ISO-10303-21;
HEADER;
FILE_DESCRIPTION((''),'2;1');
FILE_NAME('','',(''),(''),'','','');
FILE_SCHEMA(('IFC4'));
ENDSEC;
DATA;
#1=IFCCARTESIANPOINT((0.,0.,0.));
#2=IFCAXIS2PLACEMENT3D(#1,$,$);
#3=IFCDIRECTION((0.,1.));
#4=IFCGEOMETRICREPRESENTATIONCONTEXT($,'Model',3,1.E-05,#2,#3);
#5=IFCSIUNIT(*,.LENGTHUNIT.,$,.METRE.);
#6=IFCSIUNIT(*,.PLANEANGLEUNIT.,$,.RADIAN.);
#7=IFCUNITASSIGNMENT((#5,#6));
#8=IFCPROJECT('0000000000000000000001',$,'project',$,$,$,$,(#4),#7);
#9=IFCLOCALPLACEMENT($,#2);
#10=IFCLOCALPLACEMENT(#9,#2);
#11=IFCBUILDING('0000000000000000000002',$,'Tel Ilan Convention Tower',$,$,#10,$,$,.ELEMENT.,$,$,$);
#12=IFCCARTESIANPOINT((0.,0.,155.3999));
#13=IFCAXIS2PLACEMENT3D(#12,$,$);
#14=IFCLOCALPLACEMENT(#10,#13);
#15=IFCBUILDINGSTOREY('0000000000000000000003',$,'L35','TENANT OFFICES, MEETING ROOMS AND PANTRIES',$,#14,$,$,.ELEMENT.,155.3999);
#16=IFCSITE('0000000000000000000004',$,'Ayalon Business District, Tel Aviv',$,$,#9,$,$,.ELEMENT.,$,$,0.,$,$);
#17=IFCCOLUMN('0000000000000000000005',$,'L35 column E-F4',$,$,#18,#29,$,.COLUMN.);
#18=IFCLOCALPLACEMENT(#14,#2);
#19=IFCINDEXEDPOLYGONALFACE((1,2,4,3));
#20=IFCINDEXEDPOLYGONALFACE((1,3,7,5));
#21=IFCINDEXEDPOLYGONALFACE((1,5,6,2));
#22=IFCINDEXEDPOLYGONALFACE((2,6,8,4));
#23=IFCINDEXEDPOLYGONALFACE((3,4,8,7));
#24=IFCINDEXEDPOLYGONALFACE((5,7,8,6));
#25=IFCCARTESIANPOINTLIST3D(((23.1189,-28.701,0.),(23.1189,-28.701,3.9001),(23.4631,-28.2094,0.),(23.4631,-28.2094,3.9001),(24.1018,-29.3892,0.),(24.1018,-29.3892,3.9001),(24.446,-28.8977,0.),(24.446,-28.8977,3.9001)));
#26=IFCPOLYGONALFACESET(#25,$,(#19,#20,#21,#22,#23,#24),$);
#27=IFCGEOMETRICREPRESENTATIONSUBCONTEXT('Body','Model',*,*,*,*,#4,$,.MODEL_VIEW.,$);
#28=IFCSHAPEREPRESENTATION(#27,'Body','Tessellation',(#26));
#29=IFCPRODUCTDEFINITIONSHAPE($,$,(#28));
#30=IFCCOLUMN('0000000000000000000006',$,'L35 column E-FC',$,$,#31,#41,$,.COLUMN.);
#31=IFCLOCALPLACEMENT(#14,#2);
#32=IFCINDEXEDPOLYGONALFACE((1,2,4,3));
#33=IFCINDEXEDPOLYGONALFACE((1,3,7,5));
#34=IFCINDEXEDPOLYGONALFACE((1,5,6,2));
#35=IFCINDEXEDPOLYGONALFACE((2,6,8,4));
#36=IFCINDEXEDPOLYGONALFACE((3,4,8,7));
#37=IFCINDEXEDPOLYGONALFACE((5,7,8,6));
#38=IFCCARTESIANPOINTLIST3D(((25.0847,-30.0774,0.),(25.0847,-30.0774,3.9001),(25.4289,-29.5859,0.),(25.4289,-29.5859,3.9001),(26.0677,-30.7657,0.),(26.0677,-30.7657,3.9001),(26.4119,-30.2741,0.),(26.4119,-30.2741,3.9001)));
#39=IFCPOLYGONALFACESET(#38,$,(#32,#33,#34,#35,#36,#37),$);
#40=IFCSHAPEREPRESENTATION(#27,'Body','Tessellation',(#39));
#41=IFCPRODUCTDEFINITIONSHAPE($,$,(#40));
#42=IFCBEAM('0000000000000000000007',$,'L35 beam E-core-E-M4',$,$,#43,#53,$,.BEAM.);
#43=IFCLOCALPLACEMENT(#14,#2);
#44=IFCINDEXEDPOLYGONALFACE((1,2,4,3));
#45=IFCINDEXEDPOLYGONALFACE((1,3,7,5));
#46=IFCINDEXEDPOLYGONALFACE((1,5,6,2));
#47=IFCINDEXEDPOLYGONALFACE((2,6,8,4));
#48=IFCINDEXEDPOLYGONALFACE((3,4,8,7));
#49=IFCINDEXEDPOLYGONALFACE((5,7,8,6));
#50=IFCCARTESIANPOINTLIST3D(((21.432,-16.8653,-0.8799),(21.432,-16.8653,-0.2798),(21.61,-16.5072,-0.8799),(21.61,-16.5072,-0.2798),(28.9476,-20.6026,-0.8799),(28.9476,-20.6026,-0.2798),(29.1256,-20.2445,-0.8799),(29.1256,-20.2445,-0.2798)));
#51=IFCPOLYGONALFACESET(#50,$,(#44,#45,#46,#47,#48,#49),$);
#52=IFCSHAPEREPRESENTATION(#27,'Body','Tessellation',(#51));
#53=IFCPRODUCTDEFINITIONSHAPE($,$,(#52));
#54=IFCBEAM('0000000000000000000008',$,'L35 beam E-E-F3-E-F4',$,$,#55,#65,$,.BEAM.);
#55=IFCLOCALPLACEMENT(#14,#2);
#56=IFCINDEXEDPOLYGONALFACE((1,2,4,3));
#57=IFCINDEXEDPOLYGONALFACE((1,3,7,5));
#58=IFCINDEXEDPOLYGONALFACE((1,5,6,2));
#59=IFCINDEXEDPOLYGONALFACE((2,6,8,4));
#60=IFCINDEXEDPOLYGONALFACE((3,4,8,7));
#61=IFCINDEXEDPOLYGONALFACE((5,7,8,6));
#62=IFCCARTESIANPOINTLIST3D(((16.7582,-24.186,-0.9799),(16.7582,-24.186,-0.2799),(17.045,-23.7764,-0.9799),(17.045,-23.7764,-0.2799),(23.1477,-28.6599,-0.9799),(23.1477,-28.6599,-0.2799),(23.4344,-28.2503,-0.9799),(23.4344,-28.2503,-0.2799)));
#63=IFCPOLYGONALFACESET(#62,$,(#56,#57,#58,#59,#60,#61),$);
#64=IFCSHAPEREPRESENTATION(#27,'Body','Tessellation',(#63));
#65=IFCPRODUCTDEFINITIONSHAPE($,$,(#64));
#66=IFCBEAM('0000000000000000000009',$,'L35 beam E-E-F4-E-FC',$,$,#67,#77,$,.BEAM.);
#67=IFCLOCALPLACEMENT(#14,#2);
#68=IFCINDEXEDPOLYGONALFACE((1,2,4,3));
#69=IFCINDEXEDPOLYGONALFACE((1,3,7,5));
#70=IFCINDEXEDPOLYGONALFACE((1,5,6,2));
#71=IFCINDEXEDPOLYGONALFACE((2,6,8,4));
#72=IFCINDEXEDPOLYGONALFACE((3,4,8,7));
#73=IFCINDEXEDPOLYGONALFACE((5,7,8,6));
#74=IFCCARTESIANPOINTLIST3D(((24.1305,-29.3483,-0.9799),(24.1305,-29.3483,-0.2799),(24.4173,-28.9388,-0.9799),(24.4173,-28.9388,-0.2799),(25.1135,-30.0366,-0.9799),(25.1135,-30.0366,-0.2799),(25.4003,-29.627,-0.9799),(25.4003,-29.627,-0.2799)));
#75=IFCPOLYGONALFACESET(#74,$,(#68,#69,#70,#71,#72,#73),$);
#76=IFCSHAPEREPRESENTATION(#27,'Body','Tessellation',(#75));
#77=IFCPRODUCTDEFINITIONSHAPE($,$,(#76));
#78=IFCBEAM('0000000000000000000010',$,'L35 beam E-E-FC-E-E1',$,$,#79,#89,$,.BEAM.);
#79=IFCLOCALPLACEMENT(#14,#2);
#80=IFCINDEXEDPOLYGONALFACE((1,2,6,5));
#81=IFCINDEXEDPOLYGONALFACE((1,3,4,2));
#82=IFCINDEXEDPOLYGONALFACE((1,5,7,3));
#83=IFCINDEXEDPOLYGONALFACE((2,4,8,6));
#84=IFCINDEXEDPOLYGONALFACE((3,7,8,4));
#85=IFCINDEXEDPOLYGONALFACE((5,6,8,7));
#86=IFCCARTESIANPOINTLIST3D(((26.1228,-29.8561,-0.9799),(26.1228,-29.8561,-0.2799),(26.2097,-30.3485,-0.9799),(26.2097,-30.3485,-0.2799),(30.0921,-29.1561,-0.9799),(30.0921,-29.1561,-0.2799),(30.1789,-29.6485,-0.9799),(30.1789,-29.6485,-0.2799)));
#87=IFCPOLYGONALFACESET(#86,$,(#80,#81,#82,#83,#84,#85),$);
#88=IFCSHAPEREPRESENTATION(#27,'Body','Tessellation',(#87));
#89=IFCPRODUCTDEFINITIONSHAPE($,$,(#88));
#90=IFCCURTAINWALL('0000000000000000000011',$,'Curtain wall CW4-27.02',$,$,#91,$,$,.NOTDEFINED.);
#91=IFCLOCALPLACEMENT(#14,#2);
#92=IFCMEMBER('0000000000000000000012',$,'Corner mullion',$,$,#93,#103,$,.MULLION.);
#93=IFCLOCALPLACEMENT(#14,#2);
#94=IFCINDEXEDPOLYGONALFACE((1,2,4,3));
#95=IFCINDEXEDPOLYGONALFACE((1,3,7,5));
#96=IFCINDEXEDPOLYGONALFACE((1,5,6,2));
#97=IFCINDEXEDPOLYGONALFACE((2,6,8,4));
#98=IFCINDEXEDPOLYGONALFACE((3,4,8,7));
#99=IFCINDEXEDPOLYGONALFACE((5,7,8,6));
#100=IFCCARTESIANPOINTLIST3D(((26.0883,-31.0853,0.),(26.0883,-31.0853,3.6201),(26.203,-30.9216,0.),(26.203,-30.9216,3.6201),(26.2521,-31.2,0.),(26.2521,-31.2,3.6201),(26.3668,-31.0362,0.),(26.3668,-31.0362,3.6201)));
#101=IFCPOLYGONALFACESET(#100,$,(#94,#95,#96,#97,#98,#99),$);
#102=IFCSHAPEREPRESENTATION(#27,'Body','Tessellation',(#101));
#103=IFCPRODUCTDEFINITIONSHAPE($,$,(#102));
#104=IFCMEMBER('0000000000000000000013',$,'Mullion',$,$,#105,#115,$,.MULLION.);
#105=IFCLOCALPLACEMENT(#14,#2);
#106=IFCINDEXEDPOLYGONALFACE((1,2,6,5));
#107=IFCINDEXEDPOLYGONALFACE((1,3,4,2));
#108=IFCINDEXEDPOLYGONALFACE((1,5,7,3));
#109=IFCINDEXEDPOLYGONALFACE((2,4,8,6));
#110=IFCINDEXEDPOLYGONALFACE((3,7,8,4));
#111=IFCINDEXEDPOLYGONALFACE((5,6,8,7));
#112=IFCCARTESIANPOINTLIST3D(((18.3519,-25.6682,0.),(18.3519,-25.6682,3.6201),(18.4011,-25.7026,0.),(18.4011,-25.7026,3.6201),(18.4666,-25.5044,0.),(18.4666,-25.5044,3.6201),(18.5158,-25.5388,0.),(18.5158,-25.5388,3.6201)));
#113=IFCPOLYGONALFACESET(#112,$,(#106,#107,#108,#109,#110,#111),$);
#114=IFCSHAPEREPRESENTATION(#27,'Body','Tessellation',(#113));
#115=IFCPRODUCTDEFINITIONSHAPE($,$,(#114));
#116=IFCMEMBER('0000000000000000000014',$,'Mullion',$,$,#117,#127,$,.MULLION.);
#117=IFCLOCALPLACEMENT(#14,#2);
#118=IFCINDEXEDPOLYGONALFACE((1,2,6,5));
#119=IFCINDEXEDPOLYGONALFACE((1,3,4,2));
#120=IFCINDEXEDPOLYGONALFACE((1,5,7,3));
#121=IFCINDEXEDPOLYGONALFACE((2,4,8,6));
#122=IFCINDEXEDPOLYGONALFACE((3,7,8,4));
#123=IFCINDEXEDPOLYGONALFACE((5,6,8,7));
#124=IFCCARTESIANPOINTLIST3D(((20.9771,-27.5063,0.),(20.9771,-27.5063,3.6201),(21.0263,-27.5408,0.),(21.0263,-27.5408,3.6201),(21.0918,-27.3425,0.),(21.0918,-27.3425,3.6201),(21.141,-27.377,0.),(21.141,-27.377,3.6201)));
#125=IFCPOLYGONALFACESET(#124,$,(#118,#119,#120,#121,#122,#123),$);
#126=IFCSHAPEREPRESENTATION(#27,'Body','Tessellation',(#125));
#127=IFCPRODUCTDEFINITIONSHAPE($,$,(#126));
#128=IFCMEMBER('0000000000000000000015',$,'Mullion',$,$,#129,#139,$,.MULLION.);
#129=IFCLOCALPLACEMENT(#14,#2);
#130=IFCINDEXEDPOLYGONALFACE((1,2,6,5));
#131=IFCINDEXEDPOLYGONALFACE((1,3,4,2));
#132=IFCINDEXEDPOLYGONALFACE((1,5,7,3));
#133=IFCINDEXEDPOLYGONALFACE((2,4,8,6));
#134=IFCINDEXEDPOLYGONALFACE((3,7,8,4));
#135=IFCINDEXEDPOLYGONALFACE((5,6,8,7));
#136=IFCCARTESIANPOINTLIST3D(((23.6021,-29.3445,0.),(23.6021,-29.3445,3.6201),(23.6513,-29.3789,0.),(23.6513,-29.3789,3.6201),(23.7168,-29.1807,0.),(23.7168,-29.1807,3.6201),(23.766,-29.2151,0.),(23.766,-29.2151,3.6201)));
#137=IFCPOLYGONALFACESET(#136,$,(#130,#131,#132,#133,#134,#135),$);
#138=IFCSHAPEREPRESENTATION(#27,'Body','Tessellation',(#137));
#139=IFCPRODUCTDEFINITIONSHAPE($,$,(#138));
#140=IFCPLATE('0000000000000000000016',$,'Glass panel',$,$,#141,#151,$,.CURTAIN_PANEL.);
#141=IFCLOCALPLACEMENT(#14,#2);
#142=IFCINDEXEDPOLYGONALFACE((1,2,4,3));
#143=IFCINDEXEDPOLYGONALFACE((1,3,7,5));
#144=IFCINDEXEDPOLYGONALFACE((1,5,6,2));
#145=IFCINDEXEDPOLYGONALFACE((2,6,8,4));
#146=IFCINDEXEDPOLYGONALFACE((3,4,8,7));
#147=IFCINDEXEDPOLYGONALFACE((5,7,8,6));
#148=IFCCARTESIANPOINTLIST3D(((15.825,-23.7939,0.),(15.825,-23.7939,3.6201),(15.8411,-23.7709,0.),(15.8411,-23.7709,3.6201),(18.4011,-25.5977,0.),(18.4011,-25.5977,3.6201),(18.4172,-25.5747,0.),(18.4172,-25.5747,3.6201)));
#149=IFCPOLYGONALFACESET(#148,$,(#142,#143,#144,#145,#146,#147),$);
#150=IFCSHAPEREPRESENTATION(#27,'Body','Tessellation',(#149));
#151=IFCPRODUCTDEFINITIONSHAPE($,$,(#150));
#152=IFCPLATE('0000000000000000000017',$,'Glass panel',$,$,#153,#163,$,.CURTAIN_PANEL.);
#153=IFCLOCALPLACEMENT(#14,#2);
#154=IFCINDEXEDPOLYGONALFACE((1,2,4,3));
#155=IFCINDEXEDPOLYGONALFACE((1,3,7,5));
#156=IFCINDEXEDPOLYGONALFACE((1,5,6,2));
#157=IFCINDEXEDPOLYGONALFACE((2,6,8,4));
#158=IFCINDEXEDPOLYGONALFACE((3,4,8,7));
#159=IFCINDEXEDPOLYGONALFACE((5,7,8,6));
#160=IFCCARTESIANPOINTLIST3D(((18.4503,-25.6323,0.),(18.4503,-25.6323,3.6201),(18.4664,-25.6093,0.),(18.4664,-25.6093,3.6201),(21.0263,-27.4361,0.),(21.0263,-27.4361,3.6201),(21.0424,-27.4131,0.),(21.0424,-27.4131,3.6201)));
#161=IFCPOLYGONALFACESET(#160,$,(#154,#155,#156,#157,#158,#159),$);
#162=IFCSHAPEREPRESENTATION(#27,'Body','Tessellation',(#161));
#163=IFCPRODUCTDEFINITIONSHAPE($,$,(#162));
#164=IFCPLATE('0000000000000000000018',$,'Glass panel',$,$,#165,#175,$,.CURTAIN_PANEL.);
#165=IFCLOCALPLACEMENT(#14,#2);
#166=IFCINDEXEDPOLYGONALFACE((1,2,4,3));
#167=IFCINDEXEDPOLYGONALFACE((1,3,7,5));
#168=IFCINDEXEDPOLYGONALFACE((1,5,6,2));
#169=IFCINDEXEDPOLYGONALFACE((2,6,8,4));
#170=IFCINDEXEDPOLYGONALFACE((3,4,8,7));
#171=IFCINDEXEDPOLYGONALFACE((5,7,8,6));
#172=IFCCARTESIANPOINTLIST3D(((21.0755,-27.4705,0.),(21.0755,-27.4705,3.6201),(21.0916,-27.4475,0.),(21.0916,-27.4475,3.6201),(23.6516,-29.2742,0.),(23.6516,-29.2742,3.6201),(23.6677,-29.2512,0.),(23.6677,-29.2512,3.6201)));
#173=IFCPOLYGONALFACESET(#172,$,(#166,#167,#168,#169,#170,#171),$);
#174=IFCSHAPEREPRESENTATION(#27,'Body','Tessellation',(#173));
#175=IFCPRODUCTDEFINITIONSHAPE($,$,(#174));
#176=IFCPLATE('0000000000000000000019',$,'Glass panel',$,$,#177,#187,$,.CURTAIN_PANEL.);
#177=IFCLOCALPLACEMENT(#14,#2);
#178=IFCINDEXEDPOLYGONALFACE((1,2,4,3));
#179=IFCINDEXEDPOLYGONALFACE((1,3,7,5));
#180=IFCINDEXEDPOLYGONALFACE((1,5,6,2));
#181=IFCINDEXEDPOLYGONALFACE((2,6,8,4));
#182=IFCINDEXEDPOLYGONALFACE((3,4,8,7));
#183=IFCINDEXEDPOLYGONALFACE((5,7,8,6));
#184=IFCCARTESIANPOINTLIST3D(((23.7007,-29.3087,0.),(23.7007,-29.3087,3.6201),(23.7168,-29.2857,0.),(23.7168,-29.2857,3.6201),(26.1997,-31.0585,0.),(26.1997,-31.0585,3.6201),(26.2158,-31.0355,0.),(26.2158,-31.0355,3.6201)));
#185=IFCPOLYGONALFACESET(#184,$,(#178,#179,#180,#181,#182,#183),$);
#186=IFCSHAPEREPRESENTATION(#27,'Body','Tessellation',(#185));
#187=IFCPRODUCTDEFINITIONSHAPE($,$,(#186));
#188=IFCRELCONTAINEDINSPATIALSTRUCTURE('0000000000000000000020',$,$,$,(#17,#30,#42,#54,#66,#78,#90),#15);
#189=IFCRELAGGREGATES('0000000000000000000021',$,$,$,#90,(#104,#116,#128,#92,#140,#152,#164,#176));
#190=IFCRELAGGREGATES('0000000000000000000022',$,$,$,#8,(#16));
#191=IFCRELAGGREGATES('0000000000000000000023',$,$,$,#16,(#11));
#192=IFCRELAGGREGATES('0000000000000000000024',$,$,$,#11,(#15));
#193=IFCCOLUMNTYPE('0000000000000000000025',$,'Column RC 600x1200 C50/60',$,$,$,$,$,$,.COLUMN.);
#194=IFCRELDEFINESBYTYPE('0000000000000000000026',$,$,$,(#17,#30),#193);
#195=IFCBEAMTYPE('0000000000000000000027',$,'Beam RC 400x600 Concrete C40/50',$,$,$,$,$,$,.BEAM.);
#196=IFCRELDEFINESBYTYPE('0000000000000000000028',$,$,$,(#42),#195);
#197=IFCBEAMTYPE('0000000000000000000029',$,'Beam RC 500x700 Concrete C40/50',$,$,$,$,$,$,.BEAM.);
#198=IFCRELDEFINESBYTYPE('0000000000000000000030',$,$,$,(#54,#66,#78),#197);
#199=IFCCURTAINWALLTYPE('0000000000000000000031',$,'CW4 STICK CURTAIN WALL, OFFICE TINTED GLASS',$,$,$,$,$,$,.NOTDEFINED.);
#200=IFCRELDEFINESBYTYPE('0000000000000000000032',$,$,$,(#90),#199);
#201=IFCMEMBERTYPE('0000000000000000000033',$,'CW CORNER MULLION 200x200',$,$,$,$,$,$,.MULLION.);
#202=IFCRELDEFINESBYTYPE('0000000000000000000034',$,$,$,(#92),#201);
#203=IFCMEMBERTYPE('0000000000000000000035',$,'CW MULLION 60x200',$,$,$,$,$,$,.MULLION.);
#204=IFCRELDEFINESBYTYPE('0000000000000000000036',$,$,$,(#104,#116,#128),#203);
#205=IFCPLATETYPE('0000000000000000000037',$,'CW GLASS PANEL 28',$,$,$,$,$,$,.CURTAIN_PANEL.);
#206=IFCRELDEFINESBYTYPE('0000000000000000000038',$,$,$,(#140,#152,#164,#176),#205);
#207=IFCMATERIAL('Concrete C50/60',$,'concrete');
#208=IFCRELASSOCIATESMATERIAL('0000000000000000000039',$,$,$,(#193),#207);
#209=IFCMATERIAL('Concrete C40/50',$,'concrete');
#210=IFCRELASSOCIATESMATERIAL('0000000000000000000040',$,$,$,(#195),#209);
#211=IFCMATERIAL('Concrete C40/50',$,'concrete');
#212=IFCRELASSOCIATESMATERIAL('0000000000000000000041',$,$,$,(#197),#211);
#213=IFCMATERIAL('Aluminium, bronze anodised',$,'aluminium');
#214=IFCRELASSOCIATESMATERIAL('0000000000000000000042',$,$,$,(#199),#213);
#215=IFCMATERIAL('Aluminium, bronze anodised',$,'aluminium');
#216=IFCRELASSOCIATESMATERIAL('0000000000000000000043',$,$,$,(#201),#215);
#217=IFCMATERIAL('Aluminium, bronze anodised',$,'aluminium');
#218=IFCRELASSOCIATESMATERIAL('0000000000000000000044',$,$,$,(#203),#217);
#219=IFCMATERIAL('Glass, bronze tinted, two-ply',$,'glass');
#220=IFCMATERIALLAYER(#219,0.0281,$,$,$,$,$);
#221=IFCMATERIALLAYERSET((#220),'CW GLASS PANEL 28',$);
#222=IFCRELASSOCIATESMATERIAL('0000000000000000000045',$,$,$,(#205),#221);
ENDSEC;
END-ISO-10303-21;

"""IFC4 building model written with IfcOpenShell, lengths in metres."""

from ifc_helpers import new_model, si_unit, direction, frame, origin, origin_2d, place, context, subcontext, project, spatial, rectangle, extrude, material, layer, layer_set, material_profile, profile_set, type_object, element, aggregate, save


model = new_model("IFC4")

# Units and contexts
model_context = context("Model", 3, precision=1e-05, world=origin(), true_north=direction((0.0, 1.0)))
body_context = subcontext(model_context, "Body", "Model", "MODEL_VIEW")
ifc_project = project(units=[si_unit("LENGTHUNIT", "METRE"), si_unit("PLANEANGLEUNIT", "RADIAN")], contexts=[model_context])

# Site, building, storey
site_placement = place(None, origin())
site = spatial("IfcSite", under=ifc_project, at=site_placement, Name="Ayalon Business District, Tel Aviv", CompositionType="ELEMENT", RefElevation=0.0)
building_placement = place(site_placement, origin())
building = spatial("IfcBuilding", under=site, at=building_placement, Name="Tel Ilan Convention Tower", CompositionType="ELEMENT")
storey_placement = place(building_placement, frame((0.0, 0.0, 155.3999)))
storey = spatial("IfcBuildingStorey", under=building, at=storey_placement, Name="L35", Description="TENANT OFFICES, MEETING ROOMS AND PANTRIES", CompositionType="ELEMENT", Elevation=155.3999)

# Columns
ifc_material_1 = material(Name="Concrete C50/60", Category="concrete")
ifc_material_profile_1 = material_profile(ifc_material_1, rectangle(XDim=1.2, YDim=0.6001, at=origin_2d()), Name="RC 600x1200")
ifc_profile_set_1 = profile_set([ifc_material_profile_1], Name="Concrete C50/60")
column_type = type_object("IfcColumnType", Name="Column RC 600x1200 C50/60", PredefinedType="COLUMN", material=ifc_profile_set_1)
for number, where, z_axis, x_axis, name in (
    (1, (23.7825, -28.7993, 0.0), (0.0, 0.0, 1.0), (0.819152, -0.573576, 0.0), "L35 column E-F4"),
    (2, (25.7483, -30.1758, 0.0), (0.0, 0.0, 1.0), (0.819152, -0.573576, 0.0), "L35 column E-FC"),
):
    element("IfcColumn", number, at=place(storey_placement, frame(where, z_axis=z_axis, x_axis=x_axis)), inside=storey, type_object=column_type, Name=name, PredefinedType="COLUMN", context=body_context, shape_type="SweptSolid", body=[
        extrude(rectangle(XDim=1.2, YDim=0.6001, at=origin_2d()), origin(), (0.0, 0.0, 1.0), 3.9001),
    ])

# Beams
ifc_material_2 = material(Name="Concrete C40/50", Category="concrete")
ifc_material_profile_2 = material_profile(ifc_material_2, rectangle(XDim=0.3999, YDim=0.6001, at=origin_2d()), Name="RC 400x600")
ifc_profile_set_2 = profile_set([ifc_material_profile_2], Name="Concrete C40/50")
beam_type_1 = type_object("IfcBeamType", Name="Beam RC 400x600 Concrete C40/50", PredefinedType="BEAM", material=ifc_profile_set_2)
beam_1_placement = place(storey_placement, frame((21.521, -16.6863, -0.5798), z_axis=(0.895402, -0.445258, 0.0), x_axis=(0.445258, 0.895402, 0.0)))
element("IfcBeam", 3, at=beam_1_placement, inside=storey, type_object=beam_type_1, Name="L35 beam E-core-E-M4", PredefinedType="BEAM", context=body_context, shape_type="SweptSolid", body=[
    extrude(rectangle(XDim=0.3999, YDim=0.6001, at=origin_2d()), origin(), (0.0, 0.0, 1.0), 8.3936),
])
ifc_material_3 = material(Name="Concrete C40/50", Category="concrete")
ifc_material_profile_3 = material_profile(ifc_material_3, rectangle(XDim=0.5, YDim=0.7, at=origin_2d()), Name="RC 500x700")
ifc_profile_set_3 = profile_set([ifc_material_profile_3], Name="Concrete C40/50")
beam_type_2 = type_object("IfcBeamType", Name="Beam RC 500x700 Concrete C40/50", PredefinedType="BEAM", material=ifc_profile_set_3)
beam_2_placement = place(storey_placement, frame((16.9016, -23.9812, -0.6299), z_axis=(0.819154, -0.573574, 0.0), x_axis=(0.573574, 0.819154, 0.0)))
element("IfcBeam", 4, at=beam_2_placement, inside=storey, type_object=beam_type_2, Name="L35 beam E-E-F3-E-F4", PredefinedType="BEAM", context=body_context, shape_type="SweptSolid", body=[
    extrude(rectangle(XDim=0.5, YDim=0.7, at=origin_2d()), origin(), (0.0, 0.0, 1.0), 7.8),
])
beam_3_placement = place(storey_placement, frame((24.2739, -29.1436, -0.6299), z_axis=(0.819155, -0.573572, 0.0), x_axis=(0.573572, 0.819155, 0.0)))
element("IfcBeam", 5, at=beam_3_placement, inside=storey, type_object=beam_type_2, Name="L35 beam E-E-F4-E-FC", PredefinedType="BEAM", context=body_context, shape_type="SweptSolid", body=[
    extrude(rectangle(XDim=0.5, YDim=0.7, at=origin_2d()), origin(), (0.0, 0.0, 1.0), 1.2),
])
beam_4_placement = place(storey_placement, frame((26.1663, -30.1023, -0.6299), z_axis=(0.984805, 0.173664, 0.0), x_axis=(-0.173664, 0.984805, 0.0)))
element("IfcBeam", 6, at=beam_4_placement, inside=storey, type_object=beam_type_2, Name="L35 beam E-E-FC-E-E1", PredefinedType="BEAM", context=body_context, shape_type="SweptSolid", body=[
    extrude(rectangle(XDim=0.5, YDim=0.7, at=origin_2d()), origin(), (0.0, 0.0, 1.0), 4.0305),
])

# Curtain wall, members, plates
ifc_material_4 = material(Name="Aluminium, bronze anodised", Category="aluminium")
curtain_wall_type = type_object("IfcCurtainWallType", Name="CW4 STICK CURTAIN WALL, OFFICE TINTED GLASS", PredefinedType="NOTDEFINED", material=ifc_material_4)
curtain_wall_placement = place(storey_placement, origin())
curtain_wall = element("IfcCurtainWall", 7, at=curtain_wall_placement, inside=storey, type_object=curtain_wall_type, Name="Curtain wall CW4-27.02", PredefinedType="NOTDEFINED")
ifc_material_5 = material(Name="Aluminium, bronze anodised", Category="aluminium")
ifc_material_profile_4 = material_profile(ifc_material_5, rectangle(XDim=0.2, YDim=0.2, at=origin_2d()), Name="CW CORNER MULLION 200x200")
ifc_profile_set_4 = profile_set([ifc_material_profile_4], Name="Aluminium, bronze anodised")
member_type_1 = type_object("IfcMemberType", Name="CW CORNER MULLION 200x200", PredefinedType="MULLION", material=ifc_profile_set_4)
member_1_placement = place(storey_placement, frame((26.2275, -31.0608, 0.0), z_axis=(0.0, 0.0, 1.0), x_axis=(0.819152, -0.573576, 0.0)))
member_1 = element("IfcMember", 8, at=member_1_placement, type_object=member_type_1, Name="Corner mullion", PredefinedType="MULLION", context=body_context, shape_type="SweptSolid", body=[
    extrude(rectangle(XDim=0.2, YDim=0.2, at=origin_2d()), origin(), (0.0, 0.0, 1.0), 3.6201),
])
ifc_material_6 = material(Name="Aluminium, bronze anodised", Category="aluminium")
ifc_material_profile_5 = material_profile(ifc_material_6, rectangle(XDim=0.0601, YDim=0.2, at=origin_2d()), Name="CW MULLION 60x200")
ifc_profile_set_5 = profile_set([ifc_material_profile_5], Name="Aluminium, bronze anodised")
member_type_2 = type_object("IfcMemberType", Name="CW MULLION 60x200", PredefinedType="MULLION", material=ifc_profile_set_5)
member_2_placement = place(storey_placement, frame((18.4338, -25.6035, 0.0), z_axis=(0.0, 0.0, 1.0), x_axis=(0.819152, -0.573576, 0.0)))
member_2 = element("IfcMember", 9, at=member_2_placement, type_object=member_type_2, Name="Mullion", PredefinedType="MULLION", context=body_context, shape_type="SweptSolid", body=[
    extrude(rectangle(XDim=0.0601, YDim=0.2, at=origin_2d()), origin(), (0.0, 0.0, 1.0), 3.6201),
])
member_3_placement = place(storey_placement, frame((21.0591, -27.4417, 0.0), z_axis=(0.0, 0.0, 1.0), x_axis=(0.819152, -0.573576, 0.0)))
member_3 = element("IfcMember", 10, at=member_3_placement, type_object=member_type_2, Name="Mullion", PredefinedType="MULLION", context=body_context, shape_type="SweptSolid", body=[
    extrude(rectangle(XDim=0.0601, YDim=0.2, at=origin_2d()), origin(), (0.0, 0.0, 1.0), 3.6201),
])
member_4_placement = place(storey_placement, frame((23.6841, -29.2798, 0.0), z_axis=(0.0, 0.0, 1.0), x_axis=(0.819152, -0.573576, 0.0)))
member_4 = element("IfcMember", 11, at=member_4_placement, type_object=member_type_2, Name="Mullion", PredefinedType="MULLION", context=body_context, shape_type="SweptSolid", body=[
    extrude(rectangle(XDim=0.0601, YDim=0.2, at=origin_2d()), origin(), (0.0, 0.0, 1.0), 3.6201),
])
ifc_material_7 = material(Name="Glass, bronze tinted, two-ply", Category="glass")
ifc_layer_1 = layer(ifc_material_7, 0.0281)
ifc_layer_set_1 = layer_set([ifc_layer_1], Name="CW GLASS PANEL 28")
plate_type = type_object("IfcPlateType", Name="CW GLASS PANEL 28", PredefinedType="CURTAIN_PANEL", material=ifc_layer_set_1)
plate_1_placement = place(storey_placement, frame((17.1211, -24.6843, 0.0), z_axis=(0.0, 0.0, 1.0), x_axis=(0.819152, -0.573576, 0.0)))
plate_1 = element("IfcPlate", 12, at=plate_1_placement, type_object=plate_type, Name="Glass panel", PredefinedType="CURTAIN_PANEL", context=body_context, shape_type="SweptSolid", body=[
    extrude(rectangle(XDim=3.1448, YDim=0.0281, at=origin_2d()), origin(), (0.0, 0.0, 1.0), 3.6201),
])
plate_2_placement = place(storey_placement, frame((19.7463, -26.5227, 0.0), z_axis=(0.0, 0.0, 1.0), x_axis=(0.819152, -0.573576, 0.0)))
plate_2 = element("IfcPlate", 13, at=plate_2_placement, type_object=plate_type, Name="Glass panel", PredefinedType="CURTAIN_PANEL", context=body_context, shape_type="SweptSolid", body=[
    extrude(rectangle(XDim=3.1448, YDim=0.0281, at=origin_2d()), origin(), (0.0, 0.0, 1.0), 3.6201),
])
plate_3_placement = place(storey_placement, frame((22.3716, -28.3608, 0.0), z_axis=(0.0, 0.0, 1.0), x_axis=(0.819152, -0.573576, 0.0)))
plate_3 = element("IfcPlate", 14, at=plate_3_placement, type_object=plate_type, Name="Glass panel", PredefinedType="CURTAIN_PANEL", context=body_context, shape_type="SweptSolid", body=[
    extrude(rectangle(XDim=3.1448, YDim=0.0281, at=origin_2d()), origin(), (0.0, 0.0, 1.0), 3.6201),
])
plate_4_placement = place(storey_placement, frame((24.9583, -30.1721, 0.0), z_axis=(0.0, 0.0, 1.0), x_axis=(0.819152, -0.573576, 0.0)))
plate_4 = element("IfcPlate", 15, at=plate_4_placement, type_object=plate_type, Name="Glass panel", PredefinedType="CURTAIN_PANEL", context=body_context, shape_type="SweptSolid", body=[
    extrude(rectangle(XDim=3.0508, YDim=0.0281, at=origin_2d()), origin(), (0.0, 0.0, 1.0), 3.6201),
])
aggregate(curtain_wall, [member_2, member_3, member_4, member_1, plate_1, plate_2, plate_3, plate_4])

save(model, "model.ifc")
